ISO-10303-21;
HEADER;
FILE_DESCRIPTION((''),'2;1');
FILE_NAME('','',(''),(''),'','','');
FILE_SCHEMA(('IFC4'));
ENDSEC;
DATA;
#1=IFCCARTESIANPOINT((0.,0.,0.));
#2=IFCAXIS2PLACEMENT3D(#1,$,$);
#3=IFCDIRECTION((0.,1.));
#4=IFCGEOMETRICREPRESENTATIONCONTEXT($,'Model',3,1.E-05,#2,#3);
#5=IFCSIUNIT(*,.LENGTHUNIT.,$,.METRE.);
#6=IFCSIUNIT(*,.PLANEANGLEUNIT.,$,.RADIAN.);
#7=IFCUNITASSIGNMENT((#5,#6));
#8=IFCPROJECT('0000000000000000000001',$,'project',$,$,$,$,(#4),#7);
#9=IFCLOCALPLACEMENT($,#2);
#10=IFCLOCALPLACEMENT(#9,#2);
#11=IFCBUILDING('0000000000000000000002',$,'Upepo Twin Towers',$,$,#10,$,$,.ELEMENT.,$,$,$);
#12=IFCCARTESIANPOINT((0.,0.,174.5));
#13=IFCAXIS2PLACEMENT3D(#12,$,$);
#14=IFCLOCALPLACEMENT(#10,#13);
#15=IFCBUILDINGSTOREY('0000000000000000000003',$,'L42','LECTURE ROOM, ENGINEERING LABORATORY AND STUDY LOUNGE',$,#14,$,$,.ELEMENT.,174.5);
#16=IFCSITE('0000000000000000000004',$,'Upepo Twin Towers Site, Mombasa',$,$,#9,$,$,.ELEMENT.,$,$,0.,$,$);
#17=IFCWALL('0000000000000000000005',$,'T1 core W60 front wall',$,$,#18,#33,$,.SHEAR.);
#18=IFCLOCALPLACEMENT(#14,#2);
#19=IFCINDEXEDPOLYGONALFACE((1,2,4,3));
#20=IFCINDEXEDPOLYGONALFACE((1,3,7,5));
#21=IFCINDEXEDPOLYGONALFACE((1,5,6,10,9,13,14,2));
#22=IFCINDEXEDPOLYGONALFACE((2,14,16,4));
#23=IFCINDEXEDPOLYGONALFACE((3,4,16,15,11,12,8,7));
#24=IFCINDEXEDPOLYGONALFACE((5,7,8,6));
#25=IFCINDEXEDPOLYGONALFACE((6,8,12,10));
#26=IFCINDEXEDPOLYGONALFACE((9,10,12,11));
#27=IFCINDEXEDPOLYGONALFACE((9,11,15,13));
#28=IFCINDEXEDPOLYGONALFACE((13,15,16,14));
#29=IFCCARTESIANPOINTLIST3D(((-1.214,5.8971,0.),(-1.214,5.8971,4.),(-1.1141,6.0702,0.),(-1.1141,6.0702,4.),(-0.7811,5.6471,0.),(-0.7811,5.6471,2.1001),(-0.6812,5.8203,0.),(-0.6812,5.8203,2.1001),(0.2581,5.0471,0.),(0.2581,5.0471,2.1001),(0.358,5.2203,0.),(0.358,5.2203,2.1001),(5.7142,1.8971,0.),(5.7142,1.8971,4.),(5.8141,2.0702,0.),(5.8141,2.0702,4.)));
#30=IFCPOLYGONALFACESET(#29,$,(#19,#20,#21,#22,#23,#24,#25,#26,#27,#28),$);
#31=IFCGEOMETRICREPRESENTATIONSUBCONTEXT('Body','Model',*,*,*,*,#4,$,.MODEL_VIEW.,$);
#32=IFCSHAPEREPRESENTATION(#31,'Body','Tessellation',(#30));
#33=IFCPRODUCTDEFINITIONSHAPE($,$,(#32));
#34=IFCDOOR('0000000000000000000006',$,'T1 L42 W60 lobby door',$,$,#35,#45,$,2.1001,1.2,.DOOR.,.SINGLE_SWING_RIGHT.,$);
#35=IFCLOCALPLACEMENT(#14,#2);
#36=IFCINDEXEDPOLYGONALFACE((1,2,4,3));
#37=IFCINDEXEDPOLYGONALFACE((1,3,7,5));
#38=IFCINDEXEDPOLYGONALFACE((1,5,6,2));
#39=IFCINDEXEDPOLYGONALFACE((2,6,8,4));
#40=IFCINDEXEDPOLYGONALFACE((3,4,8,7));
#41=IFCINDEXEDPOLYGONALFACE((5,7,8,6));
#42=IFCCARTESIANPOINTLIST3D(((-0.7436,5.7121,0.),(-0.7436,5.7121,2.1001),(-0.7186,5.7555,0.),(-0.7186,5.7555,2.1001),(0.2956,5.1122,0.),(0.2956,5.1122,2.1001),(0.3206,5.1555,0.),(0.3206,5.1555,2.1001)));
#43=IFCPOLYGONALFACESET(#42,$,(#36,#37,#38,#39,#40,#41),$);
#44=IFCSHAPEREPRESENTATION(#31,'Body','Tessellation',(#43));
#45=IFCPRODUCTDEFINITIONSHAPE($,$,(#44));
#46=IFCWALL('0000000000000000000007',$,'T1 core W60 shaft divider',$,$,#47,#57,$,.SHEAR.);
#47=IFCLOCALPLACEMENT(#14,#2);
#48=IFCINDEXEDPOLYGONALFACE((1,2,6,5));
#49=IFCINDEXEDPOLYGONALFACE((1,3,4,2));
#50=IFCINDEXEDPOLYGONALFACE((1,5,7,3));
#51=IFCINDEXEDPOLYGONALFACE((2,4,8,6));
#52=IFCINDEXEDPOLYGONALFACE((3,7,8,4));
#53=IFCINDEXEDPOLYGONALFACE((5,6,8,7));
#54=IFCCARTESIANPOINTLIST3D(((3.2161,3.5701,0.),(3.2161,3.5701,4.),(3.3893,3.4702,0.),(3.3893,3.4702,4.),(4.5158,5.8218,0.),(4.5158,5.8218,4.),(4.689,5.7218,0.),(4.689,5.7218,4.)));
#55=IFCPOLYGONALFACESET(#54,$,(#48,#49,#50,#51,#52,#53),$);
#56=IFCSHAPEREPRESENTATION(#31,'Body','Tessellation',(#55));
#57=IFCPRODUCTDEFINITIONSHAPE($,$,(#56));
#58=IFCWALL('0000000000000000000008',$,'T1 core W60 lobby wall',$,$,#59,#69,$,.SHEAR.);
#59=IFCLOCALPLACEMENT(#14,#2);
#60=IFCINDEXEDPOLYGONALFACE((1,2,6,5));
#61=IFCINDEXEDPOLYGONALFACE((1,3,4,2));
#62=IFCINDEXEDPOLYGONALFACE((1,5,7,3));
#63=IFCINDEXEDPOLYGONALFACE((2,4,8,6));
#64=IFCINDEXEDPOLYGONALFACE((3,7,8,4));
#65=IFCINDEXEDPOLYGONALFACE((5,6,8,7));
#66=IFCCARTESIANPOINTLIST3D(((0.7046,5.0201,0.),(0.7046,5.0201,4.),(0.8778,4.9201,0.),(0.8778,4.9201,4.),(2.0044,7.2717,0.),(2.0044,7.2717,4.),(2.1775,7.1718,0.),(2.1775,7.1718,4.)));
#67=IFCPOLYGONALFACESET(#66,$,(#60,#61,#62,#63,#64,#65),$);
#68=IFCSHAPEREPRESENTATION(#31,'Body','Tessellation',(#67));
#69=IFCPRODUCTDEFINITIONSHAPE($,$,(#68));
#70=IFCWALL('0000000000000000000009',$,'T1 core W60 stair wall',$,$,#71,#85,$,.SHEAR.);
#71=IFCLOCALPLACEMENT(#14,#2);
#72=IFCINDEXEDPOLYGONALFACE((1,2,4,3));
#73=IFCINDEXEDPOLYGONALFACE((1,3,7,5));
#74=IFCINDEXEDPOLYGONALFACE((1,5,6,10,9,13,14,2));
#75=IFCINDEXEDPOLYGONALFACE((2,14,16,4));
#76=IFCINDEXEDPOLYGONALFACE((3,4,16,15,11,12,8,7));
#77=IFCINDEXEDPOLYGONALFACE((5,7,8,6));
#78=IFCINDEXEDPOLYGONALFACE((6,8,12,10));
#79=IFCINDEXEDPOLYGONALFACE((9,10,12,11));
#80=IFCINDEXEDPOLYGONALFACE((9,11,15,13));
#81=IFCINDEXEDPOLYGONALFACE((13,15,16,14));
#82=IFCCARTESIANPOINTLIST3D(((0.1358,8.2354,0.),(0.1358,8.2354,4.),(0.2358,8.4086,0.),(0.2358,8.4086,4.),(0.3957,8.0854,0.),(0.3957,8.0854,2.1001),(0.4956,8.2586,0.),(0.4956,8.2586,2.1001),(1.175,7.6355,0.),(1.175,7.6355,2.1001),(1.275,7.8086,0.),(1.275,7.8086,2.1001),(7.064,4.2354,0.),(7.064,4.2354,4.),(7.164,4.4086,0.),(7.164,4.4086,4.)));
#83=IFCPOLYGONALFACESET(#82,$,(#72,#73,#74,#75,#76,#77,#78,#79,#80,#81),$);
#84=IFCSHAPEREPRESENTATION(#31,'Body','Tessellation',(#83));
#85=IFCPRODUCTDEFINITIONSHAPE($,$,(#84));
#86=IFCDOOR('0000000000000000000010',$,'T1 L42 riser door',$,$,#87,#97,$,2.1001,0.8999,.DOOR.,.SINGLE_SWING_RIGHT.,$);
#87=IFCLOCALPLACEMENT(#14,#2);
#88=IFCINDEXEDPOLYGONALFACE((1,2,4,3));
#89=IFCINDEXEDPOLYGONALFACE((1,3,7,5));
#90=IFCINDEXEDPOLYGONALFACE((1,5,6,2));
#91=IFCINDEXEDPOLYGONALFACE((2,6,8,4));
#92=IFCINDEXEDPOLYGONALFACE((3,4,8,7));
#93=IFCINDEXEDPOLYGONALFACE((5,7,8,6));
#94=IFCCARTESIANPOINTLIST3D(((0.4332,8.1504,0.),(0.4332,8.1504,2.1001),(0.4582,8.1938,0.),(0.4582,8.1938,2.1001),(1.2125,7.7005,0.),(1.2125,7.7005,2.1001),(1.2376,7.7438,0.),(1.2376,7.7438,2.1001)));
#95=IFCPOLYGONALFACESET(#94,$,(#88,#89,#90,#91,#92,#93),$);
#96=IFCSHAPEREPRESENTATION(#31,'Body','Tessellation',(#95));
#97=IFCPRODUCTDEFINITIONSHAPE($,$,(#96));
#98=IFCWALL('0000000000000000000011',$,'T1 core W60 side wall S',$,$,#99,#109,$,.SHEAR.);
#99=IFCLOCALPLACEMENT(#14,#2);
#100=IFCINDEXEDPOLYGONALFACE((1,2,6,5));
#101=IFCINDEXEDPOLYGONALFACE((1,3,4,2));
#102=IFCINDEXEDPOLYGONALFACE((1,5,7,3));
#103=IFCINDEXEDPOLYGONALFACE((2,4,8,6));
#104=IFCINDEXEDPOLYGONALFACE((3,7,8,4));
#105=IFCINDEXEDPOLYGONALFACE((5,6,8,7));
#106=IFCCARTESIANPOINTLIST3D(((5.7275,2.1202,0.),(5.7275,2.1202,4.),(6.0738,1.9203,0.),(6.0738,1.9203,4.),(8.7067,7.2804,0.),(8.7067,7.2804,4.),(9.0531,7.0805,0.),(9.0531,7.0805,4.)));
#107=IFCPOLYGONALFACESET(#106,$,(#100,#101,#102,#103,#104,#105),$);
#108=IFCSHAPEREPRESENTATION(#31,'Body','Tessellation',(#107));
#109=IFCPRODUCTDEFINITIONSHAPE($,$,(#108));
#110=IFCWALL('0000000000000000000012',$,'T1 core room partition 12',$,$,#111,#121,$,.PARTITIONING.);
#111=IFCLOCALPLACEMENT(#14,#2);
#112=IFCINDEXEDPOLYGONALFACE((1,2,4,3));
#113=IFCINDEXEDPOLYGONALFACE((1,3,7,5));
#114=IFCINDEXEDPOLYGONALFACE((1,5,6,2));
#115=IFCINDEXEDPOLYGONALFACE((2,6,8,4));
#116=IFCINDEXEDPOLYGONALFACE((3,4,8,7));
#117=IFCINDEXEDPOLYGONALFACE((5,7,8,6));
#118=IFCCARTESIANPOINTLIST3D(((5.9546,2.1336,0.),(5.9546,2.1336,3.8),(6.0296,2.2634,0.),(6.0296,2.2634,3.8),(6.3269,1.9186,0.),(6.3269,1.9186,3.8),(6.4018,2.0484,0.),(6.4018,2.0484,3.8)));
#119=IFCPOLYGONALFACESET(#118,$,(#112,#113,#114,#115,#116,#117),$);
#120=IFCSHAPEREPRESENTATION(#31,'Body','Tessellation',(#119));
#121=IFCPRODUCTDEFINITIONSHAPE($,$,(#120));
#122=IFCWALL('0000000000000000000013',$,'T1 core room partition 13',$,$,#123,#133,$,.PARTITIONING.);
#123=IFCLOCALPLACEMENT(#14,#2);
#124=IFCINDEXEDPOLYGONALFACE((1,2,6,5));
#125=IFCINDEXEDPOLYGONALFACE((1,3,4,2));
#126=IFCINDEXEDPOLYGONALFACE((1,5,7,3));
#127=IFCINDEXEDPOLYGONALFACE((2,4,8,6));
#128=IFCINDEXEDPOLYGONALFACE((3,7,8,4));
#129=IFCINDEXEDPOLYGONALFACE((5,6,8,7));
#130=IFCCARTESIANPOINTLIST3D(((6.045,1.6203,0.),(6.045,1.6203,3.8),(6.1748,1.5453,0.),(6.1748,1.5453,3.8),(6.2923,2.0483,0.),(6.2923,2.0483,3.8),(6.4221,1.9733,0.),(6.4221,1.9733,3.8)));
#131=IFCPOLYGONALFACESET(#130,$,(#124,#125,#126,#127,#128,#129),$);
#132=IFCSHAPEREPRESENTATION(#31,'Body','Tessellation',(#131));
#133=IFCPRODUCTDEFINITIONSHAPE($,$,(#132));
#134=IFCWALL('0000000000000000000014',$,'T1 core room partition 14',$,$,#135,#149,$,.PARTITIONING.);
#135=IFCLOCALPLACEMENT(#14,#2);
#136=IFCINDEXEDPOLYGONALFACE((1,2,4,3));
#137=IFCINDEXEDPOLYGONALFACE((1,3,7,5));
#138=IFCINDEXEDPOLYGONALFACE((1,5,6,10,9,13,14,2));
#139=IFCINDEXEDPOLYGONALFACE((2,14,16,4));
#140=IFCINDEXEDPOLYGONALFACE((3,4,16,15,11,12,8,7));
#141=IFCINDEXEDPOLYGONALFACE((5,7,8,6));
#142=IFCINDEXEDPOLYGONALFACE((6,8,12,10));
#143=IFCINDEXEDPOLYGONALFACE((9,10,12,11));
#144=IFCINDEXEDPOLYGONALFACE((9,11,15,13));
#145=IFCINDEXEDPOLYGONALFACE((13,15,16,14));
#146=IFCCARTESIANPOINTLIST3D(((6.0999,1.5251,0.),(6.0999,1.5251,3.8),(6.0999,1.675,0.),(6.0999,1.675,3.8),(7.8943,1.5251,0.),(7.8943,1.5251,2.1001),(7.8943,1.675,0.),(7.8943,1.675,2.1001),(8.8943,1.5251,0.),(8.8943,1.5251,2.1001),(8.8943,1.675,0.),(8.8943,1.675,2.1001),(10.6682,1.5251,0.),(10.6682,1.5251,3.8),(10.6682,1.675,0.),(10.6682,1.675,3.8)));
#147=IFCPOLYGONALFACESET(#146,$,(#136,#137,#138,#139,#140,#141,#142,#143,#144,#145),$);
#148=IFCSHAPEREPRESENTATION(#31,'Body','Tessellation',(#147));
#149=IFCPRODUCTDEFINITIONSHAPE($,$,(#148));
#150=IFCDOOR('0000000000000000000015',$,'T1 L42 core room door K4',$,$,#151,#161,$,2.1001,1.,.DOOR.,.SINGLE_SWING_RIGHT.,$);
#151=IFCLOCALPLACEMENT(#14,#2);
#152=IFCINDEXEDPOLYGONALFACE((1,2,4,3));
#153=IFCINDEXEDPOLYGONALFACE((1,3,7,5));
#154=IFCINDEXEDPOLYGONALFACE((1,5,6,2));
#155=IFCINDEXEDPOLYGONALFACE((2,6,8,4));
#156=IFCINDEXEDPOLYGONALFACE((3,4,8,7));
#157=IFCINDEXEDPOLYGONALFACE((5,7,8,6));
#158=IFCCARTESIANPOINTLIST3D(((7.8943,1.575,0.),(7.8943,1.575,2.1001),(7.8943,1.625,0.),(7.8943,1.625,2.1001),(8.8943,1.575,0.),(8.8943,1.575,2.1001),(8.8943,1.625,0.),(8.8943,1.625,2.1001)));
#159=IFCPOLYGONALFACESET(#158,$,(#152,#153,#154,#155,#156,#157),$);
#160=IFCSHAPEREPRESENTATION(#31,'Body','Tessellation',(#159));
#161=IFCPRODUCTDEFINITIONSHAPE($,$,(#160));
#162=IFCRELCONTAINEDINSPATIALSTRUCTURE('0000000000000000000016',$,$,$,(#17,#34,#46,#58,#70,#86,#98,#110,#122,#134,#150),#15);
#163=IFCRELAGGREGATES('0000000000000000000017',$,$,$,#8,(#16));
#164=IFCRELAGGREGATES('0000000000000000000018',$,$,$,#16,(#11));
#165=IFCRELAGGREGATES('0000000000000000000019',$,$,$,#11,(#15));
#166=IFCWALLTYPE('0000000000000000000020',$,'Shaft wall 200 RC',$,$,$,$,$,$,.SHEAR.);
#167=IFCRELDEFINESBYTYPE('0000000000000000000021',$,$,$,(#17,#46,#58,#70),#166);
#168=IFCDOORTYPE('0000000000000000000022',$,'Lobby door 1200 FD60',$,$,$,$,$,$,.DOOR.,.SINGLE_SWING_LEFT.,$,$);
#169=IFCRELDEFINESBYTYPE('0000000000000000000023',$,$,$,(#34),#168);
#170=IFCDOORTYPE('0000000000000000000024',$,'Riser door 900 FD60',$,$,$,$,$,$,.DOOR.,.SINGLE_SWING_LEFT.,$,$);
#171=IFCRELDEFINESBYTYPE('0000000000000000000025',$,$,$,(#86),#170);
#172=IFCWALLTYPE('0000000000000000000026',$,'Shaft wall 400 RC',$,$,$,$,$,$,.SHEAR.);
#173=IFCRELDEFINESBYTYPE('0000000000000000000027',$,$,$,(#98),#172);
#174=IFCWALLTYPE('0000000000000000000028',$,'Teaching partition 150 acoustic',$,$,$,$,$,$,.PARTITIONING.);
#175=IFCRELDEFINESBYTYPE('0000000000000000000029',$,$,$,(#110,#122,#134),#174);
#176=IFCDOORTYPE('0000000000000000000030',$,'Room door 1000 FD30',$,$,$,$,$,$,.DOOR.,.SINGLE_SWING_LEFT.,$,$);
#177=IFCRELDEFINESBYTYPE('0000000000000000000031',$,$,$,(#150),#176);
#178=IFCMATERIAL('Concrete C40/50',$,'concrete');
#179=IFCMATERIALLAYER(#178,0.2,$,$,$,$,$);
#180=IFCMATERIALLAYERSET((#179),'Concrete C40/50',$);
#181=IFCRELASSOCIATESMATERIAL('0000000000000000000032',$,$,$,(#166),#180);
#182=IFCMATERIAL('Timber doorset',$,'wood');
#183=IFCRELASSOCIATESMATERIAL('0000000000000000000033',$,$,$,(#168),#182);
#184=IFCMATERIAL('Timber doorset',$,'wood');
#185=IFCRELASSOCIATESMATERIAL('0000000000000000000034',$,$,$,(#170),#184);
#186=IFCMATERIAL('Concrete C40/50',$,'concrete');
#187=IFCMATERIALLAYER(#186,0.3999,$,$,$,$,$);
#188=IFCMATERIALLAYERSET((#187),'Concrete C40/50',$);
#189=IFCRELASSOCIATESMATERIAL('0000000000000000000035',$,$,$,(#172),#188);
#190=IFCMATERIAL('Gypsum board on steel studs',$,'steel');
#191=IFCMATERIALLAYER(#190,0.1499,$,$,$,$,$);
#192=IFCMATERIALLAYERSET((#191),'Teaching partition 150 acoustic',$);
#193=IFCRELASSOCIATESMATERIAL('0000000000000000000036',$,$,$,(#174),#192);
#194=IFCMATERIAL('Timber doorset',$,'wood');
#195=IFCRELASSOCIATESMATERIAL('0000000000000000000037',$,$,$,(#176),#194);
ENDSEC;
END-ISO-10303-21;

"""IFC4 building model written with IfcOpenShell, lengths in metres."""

from ifc_helpers import new_model, si_unit, direction, frame, frame_2d, origin, place, context, subcontext, project, spatial, rectangle, extrude, material, layer, layer_set, type_object, element, fill, save


model = new_model("IFC4")

# Units and contexts
model_context = context("Model", 3, precision=1e-05, world=origin(), true_north=direction((0.0, 1.0)))
body_context = subcontext(model_context, "Body", "Model", "MODEL_VIEW")
ifc_project = project(units=[si_unit("LENGTHUNIT", "METRE"), si_unit("PLANEANGLEUNIT", "RADIAN")], contexts=[model_context])

# Site, building, storey
site_placement = place(None, origin())
site = spatial("IfcSite", under=ifc_project, at=site_placement, Name="Upepo Twin Towers Site, Mombasa", CompositionType="ELEMENT", RefElevation=0.0)
building_placement = place(site_placement, origin())
building = spatial("IfcBuilding", under=site, at=building_placement, Name="Upepo Twin Towers", CompositionType="ELEMENT")
storey_placement = place(building_placement, frame((0.0, 0.0, 174.5)))
storey = spatial("IfcBuildingStorey", under=building, at=storey_placement, Name="L42", Description="LECTURE ROOM, ENGINEERING LABORATORY AND STUDY LOUNGE", CompositionType="ELEMENT", Elevation=174.5)

# Wall, opening, door
ifc_material_1 = material(Name="Concrete C40/50", Category="concrete")
ifc_layer_1 = layer(ifc_material_1, 0.2)
ifc_layer_set_1 = layer_set([ifc_layer_1], Name="Concrete C40/50")
wall_type_1 = type_object("IfcWallType", Name="Shaft wall 200 RC", PredefinedType="SHEAR", material=ifc_layer_set_1)
wall_1_placement = place(storey_placement, frame((5.7642, 1.9836, 0.0), z_axis=(0.0, 0.0, 1.0), x_axis=(-0.866026, 0.499999, 0.0)))
wall_1 = element("IfcWall", 1, at=wall_1_placement, inside=storey, type_object=wall_type_1, Name="T1 core W60 front wall", PredefinedType="SHEAR", context=body_context, shape_type="SweptSolid", body=[
    extrude(rectangle(XDim=8.0, YDim=0.2, at=frame_2d((4.0, 0.0))), origin(), (0.0, 0.0, 1.0), 4.0),
])
opening_1_placement = place(wall_1_placement, frame((6.3, 0.0, 0.0)))
opening_1 = element("IfcOpeningElement", 2, at=opening_1_placement, cuts=wall_1, PredefinedType="OPENING", context=body_context, shape_type="SweptSolid", body=[
    extrude(rectangle(XDim=1.2, YDim=2.1001, at=frame_2d((0.6001, 1.05))), frame((0.0, 0.1099, 0.0), z_axis=(0.0, -1.0, 0.0), x_axis=(1.0, 0.0, 0.0)), (0.0, 0.0, 1.0), 0.22),
])
ifc_material_2 = material(Name="Timber doorset", Category="wood")
door_type_1 = type_object("IfcDoorType", Name="Lobby door 1200 FD60", OperationType="SINGLE_SWING_LEFT", PredefinedType="DOOR", material=ifc_material_2)
door_1_placement = place(opening_1_placement, origin())
door_1 = element("IfcDoor", 3, at=door_1_placement, inside=storey, type_object=door_type_1, Name="T1 L42 W60 lobby door", OperationType="SINGLE_SWING_RIGHT", OverallHeight=2.1001, OverallWidth=1.2, PredefinedType="DOOR", context=body_context, shape_type="SweptSolid", body=[
    extrude(rectangle(XDim=1.2, YDim=2.1001, at=frame_2d((0.6001, 1.05))), frame((0.0, 0.0249, 0.0), z_axis=(0.0, -1.0, 0.0), x_axis=(1.0, 0.0, 0.0)), (0.0, 0.0, 1.0), 0.05),
])
fill(opening_1, door_1)

# Walls
for number, where, z_axis, x_axis, name in (
    (4, (3.3027, 3.5203, 0.0), (0.0, 0.0, 1.0), (0.499937, 0.866062, 0.0), "T1 core W60 shaft divider"),
    (5, (0.7913, 4.9702, 0.0), (0.0, 0.0, 1.0), (0.499937, 0.866062, 0.0), "T1 core W60 lobby wall"),
):
    element("IfcWall", number, at=place(storey_placement, frame(where, z_axis=z_axis, x_axis=x_axis)), inside=storey, type_object=wall_type_1, Name=name, PredefinedType="SHEAR", context=body_context, shape_type="SweptSolid", body=[
        extrude(rectangle(XDim=2.5999, YDim=0.2, at=frame_2d((1.2998, 0.0))), origin(), (0.0, 0.0, 1.0), 4.0),
    ])

# Wall, opening, door
wall_2_placement = place(storey_placement, frame((7.114, 4.322, 0.0), z_axis=(0.0, 0.0, 1.0), x_axis=(-0.866026, 0.499999, 0.0)))
wall_2 = element("IfcWall", 6, at=wall_2_placement, inside=storey, type_object=wall_type_1, Name="T1 core W60 stair wall", PredefinedType="SHEAR", context=body_context, shape_type="SweptSolid", body=[
    extrude(rectangle(XDim=8.0, YDim=0.2, at=frame_2d((4.0, 0.0))), origin(), (0.0, 0.0, 1.0), 4.0),
])
opening_2_placement = place(wall_2_placement, frame((6.8, 0.0, 0.0)))
opening_2 = element("IfcOpeningElement", 7, at=opening_2_placement, cuts=wall_2, PredefinedType="OPENING", context=body_context, shape_type="SweptSolid", body=[
    extrude(rectangle(XDim=0.8999, YDim=2.1001, at=frame_2d((0.45, 1.05))), frame((0.0, 0.1099, 0.0), z_axis=(0.0, -1.0, 0.0), x_axis=(1.0, 0.0, 0.0)), (0.0, 0.0, 1.0), 0.22),
])
ifc_material_3 = material(Name="Timber doorset", Category="wood")
door_type_2 = type_object("IfcDoorType", Name="Riser door 900 FD60", OperationType="SINGLE_SWING_LEFT", PredefinedType="DOOR", material=ifc_material_3)
door_2_placement = place(opening_2_placement, origin())
door_2 = element("IfcDoor", 8, at=door_2_placement, inside=storey, type_object=door_type_2, Name="T1 L42 riser door", OperationType="SINGLE_SWING_RIGHT", OverallHeight=2.1001, OverallWidth=0.8999, PredefinedType="DOOR", context=body_context, shape_type="SweptSolid", body=[
    extrude(rectangle(XDim=0.8999, YDim=2.1001, at=frame_2d((0.45, 1.05))), frame((0.0, 0.0249, 0.0), z_axis=(0.0, -1.0, 0.0), x_axis=(1.0, 0.0, 0.0)), (0.0, 0.0, 1.0), 0.05),
])
fill(opening_2, door_2)

# Walls
ifc_material_4 = material(Name="Concrete C40/50", Category="concrete")
ifc_layer_2 = layer(ifc_material_4, 0.3999)
ifc_layer_set_2 = layer_set([ifc_layer_2], Name="Concrete C40/50")
wall_type_2 = type_object("IfcWallType", Name="Shaft wall 400 RC", PredefinedType="SHEAR", material=ifc_layer_set_2)
wall_3_placement = place(storey_placement, frame((5.9006, 2.0203, 0.0), z_axis=(0.0, 0.0, 1.0), x_axis=(0.500004, 0.866023, 0.0)))
element("IfcWall", 9, at=wall_3_placement, inside=storey, type_object=wall_type_2, Name="T1 core W60 side wall S", PredefinedType="SHEAR", context=body_context, shape_type="SweptSolid", body=[
    extrude(rectangle(XDim=5.9585, YDim=0.3999, at=frame_2d((2.9792, 0.0))), origin(), (0.0, 0.0, 1.0), 4.0),
])
ifc_material_5 = material(Name="Gypsum board on steel studs", Category="steel")
ifc_layer_3 = layer(ifc_material_5, 0.1499)
ifc_layer_set_3 = layer_set([ifc_layer_3], Name="Teaching partition 150 acoustic")
wall_type_3 = type_object("IfcWallType", Name="Teaching partition 150 acoustic", PredefinedType="PARTITIONING", material=ifc_layer_set_3)
wall_4_placement = place(storey_placement, frame((5.9922, 2.1985, 0.0), z_axis=(0.0, 0.0, 1.0), x_axis=(0.865892, -0.50023, 0.0)))
element("IfcWall", 10, at=wall_4_placement, inside=storey, type_object=wall_type_3, Name="T1 core room partition 12", PredefinedType="PARTITIONING", context=body_context, shape_type="SweptSolid", body=[
    extrude(rectangle(XDim=0.4299, YDim=0.1499, at=frame_2d((0.2148, 0.0))), origin(), (0.0, 0.0, 1.0), 3.8),
])
wall_5_placement = place(storey_placement, frame((6.3572, 2.0107, 0.0), z_axis=(0.0, 0.0, 1.0), x_axis=(-0.500335, -0.865832, 0.0)))
element("IfcWall", 11, at=wall_5_placement, inside=storey, type_object=wall_type_3, Name="T1 core room partition 13", PredefinedType="PARTITIONING", context=body_context, shape_type="SweptSolid", body=[
    extrude(rectangle(XDim=0.4944, YDim=0.1499, at=frame_2d((0.2471, 0.0))), origin(), (0.0, 0.0, 1.0), 3.8),
])

# Wall, opening, door
wall_6_placement = place(storey_placement, frame((6.0999, 1.6001, 0.0), z_axis=(0.0, 0.0, 1.0), x_axis=(1.0, 0.0, 0.0)))
wall_6 = element("IfcWall", 12, at=wall_6_placement, inside=storey, type_object=wall_type_3, Name="T1 core room partition 14", PredefinedType="PARTITIONING", context=body_context, shape_type="SweptSolid", body=[
    extrude(rectangle(XDim=4.5684, YDim=0.1499, at=frame_2d((2.2842, 0.0))), origin(), (0.0, 0.0, 1.0), 3.8),
])
opening_3_placement = place(wall_6_placement, frame((1.7944, 0.0, 0.0)))
opening_3 = element("IfcOpeningElement", 13, at=opening_3_placement, cuts=wall_6, PredefinedType="OPENING", context=body_context, shape_type="SweptSolid", body=[
    extrude(rectangle(XDim=1.0, YDim=2.1001, at=frame_2d((0.5, 1.05))), frame((0.0, 0.085, 0.0), z_axis=(0.0, -1.0, 0.0), x_axis=(1.0, 0.0, 0.0)), (0.0, 0.0, 1.0), 0.1699),
])
ifc_material_6 = material(Name="Timber doorset", Category="wood")
door_type_3 = type_object("IfcDoorType", Name="Room door 1000 FD30", OperationType="SINGLE_SWING_LEFT", PredefinedType="DOOR", material=ifc_material_6)
door_3_placement = place(opening_3_placement, origin())
door_3 = element("IfcDoor", 14, at=door_3_placement, inside=storey, type_object=door_type_3, Name="T1 L42 core room door K4", OperationType="SINGLE_SWING_RIGHT", OverallHeight=2.1001, OverallWidth=1.0, PredefinedType="DOOR", context=body_context, shape_type="SweptSolid", body=[
    extrude(rectangle(XDim=1.0, YDim=2.1001, at=frame_2d((0.5, 1.05))), frame((0.0, 0.0249, 0.0), z_axis=(0.0, -1.0, 0.0), x_axis=(1.0, 0.0, 0.0)), (0.0, 0.0, 1.0), 0.05),
])
fill(opening_3, door_3)

save(model, "model.ifc")
